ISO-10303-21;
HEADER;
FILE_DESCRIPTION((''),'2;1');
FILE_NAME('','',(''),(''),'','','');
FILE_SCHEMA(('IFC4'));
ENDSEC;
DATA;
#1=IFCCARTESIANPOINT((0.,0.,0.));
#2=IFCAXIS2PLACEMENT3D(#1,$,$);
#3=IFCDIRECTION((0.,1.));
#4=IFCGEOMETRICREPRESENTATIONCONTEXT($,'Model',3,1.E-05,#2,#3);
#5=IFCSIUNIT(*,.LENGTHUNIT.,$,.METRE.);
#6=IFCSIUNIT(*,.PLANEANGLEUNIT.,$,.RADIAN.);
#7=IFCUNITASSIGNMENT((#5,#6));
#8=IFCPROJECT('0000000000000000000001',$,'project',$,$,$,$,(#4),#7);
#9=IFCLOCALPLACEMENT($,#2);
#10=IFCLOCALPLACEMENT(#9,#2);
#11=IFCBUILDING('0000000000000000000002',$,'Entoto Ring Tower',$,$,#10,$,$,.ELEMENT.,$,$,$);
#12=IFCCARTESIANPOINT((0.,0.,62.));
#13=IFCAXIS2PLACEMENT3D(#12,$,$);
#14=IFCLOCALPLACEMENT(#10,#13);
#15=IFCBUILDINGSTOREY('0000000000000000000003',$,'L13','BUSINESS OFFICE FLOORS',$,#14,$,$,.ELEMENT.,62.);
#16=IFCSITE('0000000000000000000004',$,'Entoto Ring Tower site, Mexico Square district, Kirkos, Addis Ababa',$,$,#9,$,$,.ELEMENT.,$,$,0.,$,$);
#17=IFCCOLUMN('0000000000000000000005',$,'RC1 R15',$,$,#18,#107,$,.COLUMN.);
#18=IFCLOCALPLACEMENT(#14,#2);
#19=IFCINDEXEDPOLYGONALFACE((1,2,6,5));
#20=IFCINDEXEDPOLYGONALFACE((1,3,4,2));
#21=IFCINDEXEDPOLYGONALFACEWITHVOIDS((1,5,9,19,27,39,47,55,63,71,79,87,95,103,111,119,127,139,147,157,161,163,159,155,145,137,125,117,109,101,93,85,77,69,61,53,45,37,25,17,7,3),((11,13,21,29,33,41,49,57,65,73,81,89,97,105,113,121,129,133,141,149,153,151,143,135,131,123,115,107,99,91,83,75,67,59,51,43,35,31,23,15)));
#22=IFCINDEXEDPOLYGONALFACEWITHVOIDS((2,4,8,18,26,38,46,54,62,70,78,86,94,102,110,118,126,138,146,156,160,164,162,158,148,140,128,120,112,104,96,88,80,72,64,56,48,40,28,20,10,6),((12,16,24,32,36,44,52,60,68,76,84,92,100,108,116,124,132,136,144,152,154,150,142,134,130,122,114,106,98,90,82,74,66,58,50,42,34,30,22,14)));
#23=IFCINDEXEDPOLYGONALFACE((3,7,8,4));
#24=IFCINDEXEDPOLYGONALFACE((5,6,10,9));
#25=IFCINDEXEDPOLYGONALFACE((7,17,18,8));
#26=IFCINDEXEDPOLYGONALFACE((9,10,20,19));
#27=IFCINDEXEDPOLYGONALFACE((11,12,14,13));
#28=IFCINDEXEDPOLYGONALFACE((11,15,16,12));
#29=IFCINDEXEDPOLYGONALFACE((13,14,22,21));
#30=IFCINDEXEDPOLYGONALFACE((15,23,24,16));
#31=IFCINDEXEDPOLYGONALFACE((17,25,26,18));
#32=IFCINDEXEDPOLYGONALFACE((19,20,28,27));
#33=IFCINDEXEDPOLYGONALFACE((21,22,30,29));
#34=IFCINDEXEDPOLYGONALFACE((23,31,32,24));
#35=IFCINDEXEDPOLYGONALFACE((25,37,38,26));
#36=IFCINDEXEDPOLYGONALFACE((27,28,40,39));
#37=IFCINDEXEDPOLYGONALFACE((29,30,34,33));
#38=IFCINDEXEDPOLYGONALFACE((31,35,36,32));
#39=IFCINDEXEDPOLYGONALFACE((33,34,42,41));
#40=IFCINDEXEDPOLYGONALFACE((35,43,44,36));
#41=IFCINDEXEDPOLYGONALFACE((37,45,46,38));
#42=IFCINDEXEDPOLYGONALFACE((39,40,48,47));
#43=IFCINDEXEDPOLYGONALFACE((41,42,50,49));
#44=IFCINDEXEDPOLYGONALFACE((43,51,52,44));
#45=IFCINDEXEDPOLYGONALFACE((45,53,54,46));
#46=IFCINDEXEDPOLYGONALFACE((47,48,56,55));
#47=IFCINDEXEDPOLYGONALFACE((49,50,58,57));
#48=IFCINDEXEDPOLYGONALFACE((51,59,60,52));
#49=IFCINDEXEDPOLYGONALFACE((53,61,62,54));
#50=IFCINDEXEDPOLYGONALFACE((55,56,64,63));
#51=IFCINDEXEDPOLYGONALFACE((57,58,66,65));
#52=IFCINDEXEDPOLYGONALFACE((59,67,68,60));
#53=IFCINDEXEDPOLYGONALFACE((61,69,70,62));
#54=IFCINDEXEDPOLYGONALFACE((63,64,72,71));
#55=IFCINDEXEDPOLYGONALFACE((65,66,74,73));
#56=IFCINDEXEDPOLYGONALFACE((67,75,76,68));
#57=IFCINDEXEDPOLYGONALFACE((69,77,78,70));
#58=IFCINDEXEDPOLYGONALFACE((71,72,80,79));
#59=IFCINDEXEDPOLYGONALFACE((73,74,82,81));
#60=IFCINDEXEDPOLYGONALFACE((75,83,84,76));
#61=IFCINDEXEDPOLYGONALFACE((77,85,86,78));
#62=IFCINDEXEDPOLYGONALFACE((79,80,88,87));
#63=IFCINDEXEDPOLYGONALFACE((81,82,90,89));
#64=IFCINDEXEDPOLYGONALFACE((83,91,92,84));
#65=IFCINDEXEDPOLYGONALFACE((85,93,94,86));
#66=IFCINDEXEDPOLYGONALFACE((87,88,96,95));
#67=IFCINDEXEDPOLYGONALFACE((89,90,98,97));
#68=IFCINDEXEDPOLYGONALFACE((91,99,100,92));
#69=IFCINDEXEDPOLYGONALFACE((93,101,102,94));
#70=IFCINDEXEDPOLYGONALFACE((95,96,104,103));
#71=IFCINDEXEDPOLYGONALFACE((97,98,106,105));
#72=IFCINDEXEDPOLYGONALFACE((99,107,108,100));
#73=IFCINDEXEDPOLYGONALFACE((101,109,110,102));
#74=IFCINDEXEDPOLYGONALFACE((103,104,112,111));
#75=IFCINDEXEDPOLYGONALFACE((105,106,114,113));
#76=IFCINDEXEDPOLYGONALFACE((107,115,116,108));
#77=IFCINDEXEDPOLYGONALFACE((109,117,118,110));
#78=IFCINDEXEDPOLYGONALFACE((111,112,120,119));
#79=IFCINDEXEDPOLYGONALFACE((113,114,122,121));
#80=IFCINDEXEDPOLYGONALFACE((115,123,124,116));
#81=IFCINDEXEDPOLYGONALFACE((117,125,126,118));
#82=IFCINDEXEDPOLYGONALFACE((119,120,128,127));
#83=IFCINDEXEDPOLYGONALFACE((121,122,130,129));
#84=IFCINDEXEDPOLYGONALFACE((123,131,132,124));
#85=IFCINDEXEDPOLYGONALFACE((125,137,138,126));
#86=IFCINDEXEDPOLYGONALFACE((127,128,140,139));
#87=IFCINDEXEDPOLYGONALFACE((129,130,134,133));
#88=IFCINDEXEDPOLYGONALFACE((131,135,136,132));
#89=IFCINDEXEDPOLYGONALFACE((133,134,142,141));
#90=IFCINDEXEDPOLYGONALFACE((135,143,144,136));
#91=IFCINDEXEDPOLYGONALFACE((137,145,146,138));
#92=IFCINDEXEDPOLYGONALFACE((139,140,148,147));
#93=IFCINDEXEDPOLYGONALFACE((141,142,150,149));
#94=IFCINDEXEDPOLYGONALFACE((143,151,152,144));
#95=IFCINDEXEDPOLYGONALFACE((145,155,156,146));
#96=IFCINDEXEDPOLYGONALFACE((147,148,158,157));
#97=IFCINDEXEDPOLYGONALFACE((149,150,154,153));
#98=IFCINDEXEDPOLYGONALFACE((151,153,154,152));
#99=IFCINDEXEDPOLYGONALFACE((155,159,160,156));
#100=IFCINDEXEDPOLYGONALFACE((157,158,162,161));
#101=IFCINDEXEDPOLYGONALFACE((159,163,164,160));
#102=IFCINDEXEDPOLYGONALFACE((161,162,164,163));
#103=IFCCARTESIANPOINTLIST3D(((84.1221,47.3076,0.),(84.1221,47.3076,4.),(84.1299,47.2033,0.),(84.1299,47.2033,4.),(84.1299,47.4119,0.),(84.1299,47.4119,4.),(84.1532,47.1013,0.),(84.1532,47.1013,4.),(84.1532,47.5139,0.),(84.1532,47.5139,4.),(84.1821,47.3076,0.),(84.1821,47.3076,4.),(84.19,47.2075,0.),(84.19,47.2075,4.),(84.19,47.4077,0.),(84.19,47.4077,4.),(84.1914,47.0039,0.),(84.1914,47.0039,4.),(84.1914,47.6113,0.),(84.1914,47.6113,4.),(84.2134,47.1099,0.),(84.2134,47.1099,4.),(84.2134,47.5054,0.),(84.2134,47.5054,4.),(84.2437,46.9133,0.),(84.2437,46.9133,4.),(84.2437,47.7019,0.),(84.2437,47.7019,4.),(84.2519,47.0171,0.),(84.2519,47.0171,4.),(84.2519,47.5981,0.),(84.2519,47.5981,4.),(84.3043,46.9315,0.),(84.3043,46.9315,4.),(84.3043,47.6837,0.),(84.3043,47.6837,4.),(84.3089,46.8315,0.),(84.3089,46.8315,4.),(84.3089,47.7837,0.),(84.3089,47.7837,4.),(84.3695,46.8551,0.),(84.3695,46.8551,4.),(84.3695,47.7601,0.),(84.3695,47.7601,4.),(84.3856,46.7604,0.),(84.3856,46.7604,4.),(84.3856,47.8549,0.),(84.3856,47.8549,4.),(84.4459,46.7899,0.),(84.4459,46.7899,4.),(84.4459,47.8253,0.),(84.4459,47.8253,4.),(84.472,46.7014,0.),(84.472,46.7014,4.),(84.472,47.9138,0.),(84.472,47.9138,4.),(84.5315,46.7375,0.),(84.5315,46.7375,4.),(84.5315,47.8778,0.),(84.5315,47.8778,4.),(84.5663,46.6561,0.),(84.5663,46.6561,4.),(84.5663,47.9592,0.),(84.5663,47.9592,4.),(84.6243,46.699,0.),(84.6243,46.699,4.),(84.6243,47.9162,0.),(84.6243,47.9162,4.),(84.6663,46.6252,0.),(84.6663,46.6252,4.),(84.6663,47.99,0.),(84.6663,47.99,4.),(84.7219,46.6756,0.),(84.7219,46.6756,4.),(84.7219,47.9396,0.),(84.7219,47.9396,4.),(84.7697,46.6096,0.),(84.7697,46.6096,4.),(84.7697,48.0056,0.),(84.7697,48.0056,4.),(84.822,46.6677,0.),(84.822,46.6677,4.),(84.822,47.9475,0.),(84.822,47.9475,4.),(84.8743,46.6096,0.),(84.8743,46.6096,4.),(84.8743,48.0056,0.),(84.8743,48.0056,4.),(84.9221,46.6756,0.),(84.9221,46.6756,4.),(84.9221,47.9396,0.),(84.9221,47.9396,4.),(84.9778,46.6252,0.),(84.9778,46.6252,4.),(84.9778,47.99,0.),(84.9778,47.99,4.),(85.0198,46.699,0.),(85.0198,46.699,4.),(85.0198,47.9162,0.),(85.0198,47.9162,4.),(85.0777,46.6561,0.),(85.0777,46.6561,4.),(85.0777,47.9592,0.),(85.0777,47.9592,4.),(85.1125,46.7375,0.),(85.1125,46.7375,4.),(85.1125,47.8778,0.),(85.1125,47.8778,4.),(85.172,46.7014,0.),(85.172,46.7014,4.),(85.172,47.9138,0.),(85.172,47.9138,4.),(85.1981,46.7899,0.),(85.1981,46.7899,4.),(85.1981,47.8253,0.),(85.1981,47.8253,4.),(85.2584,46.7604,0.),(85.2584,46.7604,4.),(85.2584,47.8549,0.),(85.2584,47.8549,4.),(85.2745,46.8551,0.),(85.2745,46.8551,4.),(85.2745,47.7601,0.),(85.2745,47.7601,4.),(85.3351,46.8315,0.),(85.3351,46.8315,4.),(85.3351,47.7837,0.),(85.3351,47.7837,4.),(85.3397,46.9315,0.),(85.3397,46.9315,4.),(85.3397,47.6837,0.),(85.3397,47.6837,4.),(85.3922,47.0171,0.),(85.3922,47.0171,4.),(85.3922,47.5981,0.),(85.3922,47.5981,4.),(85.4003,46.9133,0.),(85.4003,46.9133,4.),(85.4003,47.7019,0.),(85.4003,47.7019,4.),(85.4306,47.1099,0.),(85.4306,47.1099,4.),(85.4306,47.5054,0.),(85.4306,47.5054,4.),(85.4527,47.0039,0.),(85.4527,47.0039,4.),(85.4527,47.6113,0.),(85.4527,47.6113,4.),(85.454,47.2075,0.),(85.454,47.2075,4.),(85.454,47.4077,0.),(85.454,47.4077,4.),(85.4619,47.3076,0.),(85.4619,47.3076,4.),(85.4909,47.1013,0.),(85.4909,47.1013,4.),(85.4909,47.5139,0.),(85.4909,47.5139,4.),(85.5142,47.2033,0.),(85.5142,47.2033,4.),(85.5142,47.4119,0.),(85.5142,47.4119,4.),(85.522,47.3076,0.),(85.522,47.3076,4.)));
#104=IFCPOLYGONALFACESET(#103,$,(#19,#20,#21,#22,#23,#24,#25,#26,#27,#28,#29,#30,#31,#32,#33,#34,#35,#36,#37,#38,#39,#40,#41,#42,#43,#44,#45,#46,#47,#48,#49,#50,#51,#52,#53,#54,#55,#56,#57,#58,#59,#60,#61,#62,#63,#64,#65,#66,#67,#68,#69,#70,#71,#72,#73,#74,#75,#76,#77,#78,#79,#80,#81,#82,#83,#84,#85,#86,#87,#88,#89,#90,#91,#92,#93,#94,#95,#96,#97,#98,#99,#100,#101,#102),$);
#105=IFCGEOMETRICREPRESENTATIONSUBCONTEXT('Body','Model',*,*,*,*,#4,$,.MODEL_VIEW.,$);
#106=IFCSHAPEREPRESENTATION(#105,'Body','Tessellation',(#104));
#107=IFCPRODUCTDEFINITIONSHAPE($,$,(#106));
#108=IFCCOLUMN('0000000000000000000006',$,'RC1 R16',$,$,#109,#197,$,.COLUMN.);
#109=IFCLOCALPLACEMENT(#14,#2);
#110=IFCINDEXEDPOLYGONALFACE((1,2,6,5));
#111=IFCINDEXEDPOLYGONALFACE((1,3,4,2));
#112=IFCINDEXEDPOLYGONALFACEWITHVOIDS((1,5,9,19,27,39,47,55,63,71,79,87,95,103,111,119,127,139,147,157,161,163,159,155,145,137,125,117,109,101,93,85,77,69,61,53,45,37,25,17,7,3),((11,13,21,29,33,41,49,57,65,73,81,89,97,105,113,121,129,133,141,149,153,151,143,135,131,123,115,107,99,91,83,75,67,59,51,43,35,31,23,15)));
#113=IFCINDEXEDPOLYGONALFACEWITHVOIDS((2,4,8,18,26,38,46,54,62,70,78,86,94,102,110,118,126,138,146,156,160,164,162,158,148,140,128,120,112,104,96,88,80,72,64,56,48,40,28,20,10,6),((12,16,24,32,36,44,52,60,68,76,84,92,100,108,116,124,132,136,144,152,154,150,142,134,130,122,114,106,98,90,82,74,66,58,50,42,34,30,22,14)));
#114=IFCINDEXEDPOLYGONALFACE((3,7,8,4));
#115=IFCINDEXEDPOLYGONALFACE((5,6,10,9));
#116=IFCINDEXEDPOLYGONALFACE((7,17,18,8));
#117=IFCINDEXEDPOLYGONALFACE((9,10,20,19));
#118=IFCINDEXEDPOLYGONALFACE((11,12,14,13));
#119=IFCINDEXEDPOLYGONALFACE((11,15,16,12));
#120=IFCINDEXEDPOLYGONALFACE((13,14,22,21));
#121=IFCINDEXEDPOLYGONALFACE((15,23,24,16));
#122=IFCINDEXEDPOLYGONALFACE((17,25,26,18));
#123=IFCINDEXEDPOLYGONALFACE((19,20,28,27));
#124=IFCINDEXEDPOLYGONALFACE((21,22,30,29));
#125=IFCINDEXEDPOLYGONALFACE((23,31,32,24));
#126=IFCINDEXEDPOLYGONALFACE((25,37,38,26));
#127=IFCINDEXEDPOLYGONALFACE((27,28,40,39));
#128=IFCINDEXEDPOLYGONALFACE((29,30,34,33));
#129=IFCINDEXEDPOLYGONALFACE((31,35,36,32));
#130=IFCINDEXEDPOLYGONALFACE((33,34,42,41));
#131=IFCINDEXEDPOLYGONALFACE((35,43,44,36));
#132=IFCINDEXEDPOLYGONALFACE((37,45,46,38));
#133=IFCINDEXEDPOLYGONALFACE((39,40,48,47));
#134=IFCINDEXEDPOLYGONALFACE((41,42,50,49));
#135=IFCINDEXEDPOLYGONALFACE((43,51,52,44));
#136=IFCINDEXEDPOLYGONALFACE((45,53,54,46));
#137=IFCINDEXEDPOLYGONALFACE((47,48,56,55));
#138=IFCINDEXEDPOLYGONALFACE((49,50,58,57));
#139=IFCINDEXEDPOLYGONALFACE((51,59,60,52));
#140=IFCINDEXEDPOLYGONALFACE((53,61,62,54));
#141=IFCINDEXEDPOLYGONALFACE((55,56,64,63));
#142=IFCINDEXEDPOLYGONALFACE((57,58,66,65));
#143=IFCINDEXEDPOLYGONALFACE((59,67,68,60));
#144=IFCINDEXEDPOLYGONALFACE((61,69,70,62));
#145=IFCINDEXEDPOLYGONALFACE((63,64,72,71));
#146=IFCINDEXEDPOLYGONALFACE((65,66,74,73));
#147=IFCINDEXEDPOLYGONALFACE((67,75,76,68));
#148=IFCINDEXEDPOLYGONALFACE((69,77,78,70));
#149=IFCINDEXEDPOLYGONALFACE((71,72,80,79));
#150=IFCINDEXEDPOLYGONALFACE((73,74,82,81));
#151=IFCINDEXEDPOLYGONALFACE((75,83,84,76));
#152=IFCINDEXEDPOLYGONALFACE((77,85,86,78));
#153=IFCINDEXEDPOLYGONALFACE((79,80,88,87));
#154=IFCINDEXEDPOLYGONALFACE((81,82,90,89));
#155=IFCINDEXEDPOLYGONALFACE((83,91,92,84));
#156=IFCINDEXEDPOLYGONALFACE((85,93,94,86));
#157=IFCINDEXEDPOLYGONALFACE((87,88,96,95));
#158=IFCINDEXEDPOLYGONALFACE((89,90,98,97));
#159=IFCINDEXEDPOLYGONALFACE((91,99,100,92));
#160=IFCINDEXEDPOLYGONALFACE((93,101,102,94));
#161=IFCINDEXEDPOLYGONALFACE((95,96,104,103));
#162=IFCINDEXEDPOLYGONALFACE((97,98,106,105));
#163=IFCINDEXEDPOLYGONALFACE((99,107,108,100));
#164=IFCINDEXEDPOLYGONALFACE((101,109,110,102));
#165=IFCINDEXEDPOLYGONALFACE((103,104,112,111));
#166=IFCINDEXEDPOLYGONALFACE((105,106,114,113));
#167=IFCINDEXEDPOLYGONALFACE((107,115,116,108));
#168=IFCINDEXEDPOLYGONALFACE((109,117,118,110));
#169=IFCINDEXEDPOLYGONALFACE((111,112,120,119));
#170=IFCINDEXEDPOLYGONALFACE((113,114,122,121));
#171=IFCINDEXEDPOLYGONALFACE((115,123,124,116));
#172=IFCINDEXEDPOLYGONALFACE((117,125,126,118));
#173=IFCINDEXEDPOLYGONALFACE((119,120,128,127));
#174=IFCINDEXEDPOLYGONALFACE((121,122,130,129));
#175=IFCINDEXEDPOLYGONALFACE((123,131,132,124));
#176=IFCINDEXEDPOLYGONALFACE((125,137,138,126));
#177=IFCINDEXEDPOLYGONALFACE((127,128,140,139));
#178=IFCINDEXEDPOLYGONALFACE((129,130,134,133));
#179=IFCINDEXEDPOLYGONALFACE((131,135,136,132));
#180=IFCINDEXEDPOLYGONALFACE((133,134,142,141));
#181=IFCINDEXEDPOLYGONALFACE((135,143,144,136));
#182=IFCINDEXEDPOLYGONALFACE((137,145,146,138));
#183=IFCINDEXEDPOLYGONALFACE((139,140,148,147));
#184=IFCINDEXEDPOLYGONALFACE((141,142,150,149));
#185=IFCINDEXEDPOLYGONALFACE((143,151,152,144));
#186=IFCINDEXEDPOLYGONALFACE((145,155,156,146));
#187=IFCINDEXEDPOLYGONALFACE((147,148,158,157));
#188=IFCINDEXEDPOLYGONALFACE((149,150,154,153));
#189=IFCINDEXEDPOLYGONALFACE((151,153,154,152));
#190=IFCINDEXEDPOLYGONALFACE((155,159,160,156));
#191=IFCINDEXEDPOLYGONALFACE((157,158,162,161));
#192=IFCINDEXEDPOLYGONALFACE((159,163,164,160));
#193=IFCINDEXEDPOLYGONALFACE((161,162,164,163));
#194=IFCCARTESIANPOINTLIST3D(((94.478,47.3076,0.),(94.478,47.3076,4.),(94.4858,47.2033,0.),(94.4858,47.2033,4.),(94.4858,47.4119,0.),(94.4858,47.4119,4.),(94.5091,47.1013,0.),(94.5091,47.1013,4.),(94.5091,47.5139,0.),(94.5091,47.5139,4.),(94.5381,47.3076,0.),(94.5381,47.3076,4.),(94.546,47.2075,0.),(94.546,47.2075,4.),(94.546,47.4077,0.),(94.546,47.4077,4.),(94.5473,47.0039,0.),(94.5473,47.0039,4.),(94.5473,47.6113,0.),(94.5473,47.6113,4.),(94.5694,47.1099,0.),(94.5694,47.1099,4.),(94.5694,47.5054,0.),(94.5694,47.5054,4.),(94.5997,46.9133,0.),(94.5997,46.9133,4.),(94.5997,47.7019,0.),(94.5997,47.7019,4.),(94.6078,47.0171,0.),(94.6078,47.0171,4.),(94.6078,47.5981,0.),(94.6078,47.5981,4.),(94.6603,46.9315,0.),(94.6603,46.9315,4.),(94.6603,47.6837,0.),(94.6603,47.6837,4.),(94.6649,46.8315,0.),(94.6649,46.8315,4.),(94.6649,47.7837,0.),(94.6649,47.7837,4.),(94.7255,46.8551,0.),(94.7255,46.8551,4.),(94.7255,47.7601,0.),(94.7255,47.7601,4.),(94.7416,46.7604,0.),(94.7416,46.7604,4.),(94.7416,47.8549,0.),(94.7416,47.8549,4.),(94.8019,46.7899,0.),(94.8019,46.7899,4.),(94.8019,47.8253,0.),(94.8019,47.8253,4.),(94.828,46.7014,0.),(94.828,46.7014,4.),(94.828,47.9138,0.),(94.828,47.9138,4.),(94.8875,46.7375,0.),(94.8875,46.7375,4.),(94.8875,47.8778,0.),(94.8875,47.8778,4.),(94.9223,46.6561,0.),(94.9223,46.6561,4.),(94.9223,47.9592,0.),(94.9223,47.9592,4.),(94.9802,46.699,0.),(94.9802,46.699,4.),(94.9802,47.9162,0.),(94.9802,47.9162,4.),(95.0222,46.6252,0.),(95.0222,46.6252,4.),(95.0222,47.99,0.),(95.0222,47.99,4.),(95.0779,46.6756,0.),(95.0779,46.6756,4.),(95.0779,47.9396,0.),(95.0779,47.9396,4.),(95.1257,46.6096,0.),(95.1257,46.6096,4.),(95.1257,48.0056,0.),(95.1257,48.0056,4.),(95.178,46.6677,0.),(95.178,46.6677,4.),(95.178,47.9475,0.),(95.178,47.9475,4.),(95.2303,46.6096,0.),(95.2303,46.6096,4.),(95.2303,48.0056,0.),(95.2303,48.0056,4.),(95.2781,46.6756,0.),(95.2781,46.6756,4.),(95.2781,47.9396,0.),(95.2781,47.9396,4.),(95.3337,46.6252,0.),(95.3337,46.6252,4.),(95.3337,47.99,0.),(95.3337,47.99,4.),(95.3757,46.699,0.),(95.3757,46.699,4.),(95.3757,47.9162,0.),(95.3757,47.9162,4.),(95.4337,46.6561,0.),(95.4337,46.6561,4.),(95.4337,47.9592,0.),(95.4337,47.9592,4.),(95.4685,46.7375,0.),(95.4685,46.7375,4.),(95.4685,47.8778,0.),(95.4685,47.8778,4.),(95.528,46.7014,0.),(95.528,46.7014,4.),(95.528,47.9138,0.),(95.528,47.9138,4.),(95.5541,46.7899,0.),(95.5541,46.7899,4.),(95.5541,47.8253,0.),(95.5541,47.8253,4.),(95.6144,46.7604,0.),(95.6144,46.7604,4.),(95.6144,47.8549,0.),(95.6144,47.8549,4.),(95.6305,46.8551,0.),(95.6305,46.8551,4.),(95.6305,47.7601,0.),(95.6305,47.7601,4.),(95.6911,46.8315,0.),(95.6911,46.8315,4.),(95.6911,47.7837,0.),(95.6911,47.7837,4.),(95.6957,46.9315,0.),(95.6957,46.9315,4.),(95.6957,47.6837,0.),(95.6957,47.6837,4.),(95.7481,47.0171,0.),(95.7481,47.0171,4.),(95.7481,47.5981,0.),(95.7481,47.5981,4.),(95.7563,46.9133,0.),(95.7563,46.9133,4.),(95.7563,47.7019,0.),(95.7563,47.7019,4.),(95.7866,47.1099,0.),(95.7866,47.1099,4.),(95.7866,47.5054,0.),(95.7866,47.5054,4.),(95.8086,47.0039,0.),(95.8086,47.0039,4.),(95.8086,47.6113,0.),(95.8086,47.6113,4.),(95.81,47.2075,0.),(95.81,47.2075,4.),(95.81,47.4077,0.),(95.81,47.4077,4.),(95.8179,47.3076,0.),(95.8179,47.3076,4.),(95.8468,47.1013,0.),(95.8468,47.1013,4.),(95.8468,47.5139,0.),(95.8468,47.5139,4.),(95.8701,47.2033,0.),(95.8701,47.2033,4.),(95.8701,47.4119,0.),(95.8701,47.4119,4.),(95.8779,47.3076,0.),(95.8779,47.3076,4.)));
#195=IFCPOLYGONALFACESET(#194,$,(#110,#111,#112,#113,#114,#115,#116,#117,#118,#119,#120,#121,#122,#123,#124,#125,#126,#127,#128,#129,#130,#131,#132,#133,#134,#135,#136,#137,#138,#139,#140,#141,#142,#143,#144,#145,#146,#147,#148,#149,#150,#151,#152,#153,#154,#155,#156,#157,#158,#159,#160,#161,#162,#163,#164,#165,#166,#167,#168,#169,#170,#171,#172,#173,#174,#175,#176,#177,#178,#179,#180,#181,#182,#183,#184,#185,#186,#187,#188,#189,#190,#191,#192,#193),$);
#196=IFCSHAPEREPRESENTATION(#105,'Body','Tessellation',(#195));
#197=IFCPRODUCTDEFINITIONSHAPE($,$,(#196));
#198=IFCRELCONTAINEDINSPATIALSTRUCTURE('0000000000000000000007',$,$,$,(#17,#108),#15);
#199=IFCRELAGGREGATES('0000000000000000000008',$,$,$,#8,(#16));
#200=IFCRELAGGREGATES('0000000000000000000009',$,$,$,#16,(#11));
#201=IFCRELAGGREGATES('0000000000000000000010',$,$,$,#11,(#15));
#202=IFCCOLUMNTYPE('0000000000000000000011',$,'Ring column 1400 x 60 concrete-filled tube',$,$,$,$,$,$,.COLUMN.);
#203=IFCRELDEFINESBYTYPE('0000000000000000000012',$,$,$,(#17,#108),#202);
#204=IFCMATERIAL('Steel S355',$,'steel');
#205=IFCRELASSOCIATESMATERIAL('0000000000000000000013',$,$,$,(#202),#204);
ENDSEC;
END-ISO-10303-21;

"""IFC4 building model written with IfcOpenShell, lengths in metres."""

from ifc_helpers import new_model, si_unit, direction, frame, origin, origin_2d, place, context, subcontext, project, spatial, circle, hollow_circle, extrude, material, material_profile, profile_set, type_object, element, save


model = new_model("IFC4")

# Units and contexts
model_context = context("Model", 3, precision=1e-05, world=origin(), true_north=direction((0.0, 1.0)))
body_context = subcontext(model_context, "Body", "Model", "MODEL_VIEW")
ifc_project = project(units=[si_unit("LENGTHUNIT", "METRE"), si_unit("PLANEANGLEUNIT", "RADIAN")], contexts=[model_context])

# Site, building, storey
site_placement = place(None, origin())
site = spatial("IfcSite", under=ifc_project, at=site_placement, Name="Entoto Ring Tower site, Mexico Square district, Kirkos, Addis Ababa", CompositionType="ELEMENT", RefElevation=0.0)
building_placement = place(site_placement, origin())
building = spatial("IfcBuilding", under=site, at=building_placement, Name="Entoto Ring Tower", CompositionType="ELEMENT")
storey_placement = place(building_placement, frame((0.0, 0.0, 62.0)))
storey = spatial("IfcBuildingStorey", under=building, at=storey_placement, Name="L13", Description="BUSINESS OFFICE FLOORS", CompositionType="ELEMENT", Elevation=62.0)

# Columns
ifc_material_1 = material(Name="Steel S355", Category="steel")
ifc_material_profile_1 = material_profile(ifc_material_1, hollow_circle(Radius=0.7, WallThickness=0.0601, at=origin_2d()), Name="CHS 1400 x 60")
ifc_material_2 = material(Name="Concrete C60/75", Category="concrete")
ifc_material_profile_2 = material_profile(ifc_material_2, circle(Radius=0.6399, at=origin_2d()), Name="Concrete C60/75 infill")
ifc_profile_set_1 = profile_set([ifc_material_profile_1, ifc_material_profile_2], Name="Steel S355")
column_type = type_object("IfcColumnType", Name="Ring column 1400 x 60 concrete-filled tube", PredefinedType="COLUMN", material=ifc_profile_set_1)
for number, where, z_axis, x_axis, name in (
    (1, (84.822, 47.3076, 0.0), (0.0, 0.0, 1.0), (1.0, 0.0, 0.0), "RC1 R15"),
    (2, (95.178, 47.3076, 0.0), (0.0, 0.0, 1.0), (1.0, 0.0, 0.0), "RC1 R16"),
):
    element("IfcColumn", number, at=place(storey_placement, frame(where, z_axis=z_axis, x_axis=x_axis)), inside=storey, type_object=column_type, Name=name, PredefinedType="COLUMN", context=body_context, shape_type="SweptSolid", body=[
        extrude(hollow_circle(Radius=0.7, WallThickness=0.0601, at=origin_2d()), origin(), (0.0, 0.0, 1.0), 4.0),
    ])

save(model, "model.ifc")
